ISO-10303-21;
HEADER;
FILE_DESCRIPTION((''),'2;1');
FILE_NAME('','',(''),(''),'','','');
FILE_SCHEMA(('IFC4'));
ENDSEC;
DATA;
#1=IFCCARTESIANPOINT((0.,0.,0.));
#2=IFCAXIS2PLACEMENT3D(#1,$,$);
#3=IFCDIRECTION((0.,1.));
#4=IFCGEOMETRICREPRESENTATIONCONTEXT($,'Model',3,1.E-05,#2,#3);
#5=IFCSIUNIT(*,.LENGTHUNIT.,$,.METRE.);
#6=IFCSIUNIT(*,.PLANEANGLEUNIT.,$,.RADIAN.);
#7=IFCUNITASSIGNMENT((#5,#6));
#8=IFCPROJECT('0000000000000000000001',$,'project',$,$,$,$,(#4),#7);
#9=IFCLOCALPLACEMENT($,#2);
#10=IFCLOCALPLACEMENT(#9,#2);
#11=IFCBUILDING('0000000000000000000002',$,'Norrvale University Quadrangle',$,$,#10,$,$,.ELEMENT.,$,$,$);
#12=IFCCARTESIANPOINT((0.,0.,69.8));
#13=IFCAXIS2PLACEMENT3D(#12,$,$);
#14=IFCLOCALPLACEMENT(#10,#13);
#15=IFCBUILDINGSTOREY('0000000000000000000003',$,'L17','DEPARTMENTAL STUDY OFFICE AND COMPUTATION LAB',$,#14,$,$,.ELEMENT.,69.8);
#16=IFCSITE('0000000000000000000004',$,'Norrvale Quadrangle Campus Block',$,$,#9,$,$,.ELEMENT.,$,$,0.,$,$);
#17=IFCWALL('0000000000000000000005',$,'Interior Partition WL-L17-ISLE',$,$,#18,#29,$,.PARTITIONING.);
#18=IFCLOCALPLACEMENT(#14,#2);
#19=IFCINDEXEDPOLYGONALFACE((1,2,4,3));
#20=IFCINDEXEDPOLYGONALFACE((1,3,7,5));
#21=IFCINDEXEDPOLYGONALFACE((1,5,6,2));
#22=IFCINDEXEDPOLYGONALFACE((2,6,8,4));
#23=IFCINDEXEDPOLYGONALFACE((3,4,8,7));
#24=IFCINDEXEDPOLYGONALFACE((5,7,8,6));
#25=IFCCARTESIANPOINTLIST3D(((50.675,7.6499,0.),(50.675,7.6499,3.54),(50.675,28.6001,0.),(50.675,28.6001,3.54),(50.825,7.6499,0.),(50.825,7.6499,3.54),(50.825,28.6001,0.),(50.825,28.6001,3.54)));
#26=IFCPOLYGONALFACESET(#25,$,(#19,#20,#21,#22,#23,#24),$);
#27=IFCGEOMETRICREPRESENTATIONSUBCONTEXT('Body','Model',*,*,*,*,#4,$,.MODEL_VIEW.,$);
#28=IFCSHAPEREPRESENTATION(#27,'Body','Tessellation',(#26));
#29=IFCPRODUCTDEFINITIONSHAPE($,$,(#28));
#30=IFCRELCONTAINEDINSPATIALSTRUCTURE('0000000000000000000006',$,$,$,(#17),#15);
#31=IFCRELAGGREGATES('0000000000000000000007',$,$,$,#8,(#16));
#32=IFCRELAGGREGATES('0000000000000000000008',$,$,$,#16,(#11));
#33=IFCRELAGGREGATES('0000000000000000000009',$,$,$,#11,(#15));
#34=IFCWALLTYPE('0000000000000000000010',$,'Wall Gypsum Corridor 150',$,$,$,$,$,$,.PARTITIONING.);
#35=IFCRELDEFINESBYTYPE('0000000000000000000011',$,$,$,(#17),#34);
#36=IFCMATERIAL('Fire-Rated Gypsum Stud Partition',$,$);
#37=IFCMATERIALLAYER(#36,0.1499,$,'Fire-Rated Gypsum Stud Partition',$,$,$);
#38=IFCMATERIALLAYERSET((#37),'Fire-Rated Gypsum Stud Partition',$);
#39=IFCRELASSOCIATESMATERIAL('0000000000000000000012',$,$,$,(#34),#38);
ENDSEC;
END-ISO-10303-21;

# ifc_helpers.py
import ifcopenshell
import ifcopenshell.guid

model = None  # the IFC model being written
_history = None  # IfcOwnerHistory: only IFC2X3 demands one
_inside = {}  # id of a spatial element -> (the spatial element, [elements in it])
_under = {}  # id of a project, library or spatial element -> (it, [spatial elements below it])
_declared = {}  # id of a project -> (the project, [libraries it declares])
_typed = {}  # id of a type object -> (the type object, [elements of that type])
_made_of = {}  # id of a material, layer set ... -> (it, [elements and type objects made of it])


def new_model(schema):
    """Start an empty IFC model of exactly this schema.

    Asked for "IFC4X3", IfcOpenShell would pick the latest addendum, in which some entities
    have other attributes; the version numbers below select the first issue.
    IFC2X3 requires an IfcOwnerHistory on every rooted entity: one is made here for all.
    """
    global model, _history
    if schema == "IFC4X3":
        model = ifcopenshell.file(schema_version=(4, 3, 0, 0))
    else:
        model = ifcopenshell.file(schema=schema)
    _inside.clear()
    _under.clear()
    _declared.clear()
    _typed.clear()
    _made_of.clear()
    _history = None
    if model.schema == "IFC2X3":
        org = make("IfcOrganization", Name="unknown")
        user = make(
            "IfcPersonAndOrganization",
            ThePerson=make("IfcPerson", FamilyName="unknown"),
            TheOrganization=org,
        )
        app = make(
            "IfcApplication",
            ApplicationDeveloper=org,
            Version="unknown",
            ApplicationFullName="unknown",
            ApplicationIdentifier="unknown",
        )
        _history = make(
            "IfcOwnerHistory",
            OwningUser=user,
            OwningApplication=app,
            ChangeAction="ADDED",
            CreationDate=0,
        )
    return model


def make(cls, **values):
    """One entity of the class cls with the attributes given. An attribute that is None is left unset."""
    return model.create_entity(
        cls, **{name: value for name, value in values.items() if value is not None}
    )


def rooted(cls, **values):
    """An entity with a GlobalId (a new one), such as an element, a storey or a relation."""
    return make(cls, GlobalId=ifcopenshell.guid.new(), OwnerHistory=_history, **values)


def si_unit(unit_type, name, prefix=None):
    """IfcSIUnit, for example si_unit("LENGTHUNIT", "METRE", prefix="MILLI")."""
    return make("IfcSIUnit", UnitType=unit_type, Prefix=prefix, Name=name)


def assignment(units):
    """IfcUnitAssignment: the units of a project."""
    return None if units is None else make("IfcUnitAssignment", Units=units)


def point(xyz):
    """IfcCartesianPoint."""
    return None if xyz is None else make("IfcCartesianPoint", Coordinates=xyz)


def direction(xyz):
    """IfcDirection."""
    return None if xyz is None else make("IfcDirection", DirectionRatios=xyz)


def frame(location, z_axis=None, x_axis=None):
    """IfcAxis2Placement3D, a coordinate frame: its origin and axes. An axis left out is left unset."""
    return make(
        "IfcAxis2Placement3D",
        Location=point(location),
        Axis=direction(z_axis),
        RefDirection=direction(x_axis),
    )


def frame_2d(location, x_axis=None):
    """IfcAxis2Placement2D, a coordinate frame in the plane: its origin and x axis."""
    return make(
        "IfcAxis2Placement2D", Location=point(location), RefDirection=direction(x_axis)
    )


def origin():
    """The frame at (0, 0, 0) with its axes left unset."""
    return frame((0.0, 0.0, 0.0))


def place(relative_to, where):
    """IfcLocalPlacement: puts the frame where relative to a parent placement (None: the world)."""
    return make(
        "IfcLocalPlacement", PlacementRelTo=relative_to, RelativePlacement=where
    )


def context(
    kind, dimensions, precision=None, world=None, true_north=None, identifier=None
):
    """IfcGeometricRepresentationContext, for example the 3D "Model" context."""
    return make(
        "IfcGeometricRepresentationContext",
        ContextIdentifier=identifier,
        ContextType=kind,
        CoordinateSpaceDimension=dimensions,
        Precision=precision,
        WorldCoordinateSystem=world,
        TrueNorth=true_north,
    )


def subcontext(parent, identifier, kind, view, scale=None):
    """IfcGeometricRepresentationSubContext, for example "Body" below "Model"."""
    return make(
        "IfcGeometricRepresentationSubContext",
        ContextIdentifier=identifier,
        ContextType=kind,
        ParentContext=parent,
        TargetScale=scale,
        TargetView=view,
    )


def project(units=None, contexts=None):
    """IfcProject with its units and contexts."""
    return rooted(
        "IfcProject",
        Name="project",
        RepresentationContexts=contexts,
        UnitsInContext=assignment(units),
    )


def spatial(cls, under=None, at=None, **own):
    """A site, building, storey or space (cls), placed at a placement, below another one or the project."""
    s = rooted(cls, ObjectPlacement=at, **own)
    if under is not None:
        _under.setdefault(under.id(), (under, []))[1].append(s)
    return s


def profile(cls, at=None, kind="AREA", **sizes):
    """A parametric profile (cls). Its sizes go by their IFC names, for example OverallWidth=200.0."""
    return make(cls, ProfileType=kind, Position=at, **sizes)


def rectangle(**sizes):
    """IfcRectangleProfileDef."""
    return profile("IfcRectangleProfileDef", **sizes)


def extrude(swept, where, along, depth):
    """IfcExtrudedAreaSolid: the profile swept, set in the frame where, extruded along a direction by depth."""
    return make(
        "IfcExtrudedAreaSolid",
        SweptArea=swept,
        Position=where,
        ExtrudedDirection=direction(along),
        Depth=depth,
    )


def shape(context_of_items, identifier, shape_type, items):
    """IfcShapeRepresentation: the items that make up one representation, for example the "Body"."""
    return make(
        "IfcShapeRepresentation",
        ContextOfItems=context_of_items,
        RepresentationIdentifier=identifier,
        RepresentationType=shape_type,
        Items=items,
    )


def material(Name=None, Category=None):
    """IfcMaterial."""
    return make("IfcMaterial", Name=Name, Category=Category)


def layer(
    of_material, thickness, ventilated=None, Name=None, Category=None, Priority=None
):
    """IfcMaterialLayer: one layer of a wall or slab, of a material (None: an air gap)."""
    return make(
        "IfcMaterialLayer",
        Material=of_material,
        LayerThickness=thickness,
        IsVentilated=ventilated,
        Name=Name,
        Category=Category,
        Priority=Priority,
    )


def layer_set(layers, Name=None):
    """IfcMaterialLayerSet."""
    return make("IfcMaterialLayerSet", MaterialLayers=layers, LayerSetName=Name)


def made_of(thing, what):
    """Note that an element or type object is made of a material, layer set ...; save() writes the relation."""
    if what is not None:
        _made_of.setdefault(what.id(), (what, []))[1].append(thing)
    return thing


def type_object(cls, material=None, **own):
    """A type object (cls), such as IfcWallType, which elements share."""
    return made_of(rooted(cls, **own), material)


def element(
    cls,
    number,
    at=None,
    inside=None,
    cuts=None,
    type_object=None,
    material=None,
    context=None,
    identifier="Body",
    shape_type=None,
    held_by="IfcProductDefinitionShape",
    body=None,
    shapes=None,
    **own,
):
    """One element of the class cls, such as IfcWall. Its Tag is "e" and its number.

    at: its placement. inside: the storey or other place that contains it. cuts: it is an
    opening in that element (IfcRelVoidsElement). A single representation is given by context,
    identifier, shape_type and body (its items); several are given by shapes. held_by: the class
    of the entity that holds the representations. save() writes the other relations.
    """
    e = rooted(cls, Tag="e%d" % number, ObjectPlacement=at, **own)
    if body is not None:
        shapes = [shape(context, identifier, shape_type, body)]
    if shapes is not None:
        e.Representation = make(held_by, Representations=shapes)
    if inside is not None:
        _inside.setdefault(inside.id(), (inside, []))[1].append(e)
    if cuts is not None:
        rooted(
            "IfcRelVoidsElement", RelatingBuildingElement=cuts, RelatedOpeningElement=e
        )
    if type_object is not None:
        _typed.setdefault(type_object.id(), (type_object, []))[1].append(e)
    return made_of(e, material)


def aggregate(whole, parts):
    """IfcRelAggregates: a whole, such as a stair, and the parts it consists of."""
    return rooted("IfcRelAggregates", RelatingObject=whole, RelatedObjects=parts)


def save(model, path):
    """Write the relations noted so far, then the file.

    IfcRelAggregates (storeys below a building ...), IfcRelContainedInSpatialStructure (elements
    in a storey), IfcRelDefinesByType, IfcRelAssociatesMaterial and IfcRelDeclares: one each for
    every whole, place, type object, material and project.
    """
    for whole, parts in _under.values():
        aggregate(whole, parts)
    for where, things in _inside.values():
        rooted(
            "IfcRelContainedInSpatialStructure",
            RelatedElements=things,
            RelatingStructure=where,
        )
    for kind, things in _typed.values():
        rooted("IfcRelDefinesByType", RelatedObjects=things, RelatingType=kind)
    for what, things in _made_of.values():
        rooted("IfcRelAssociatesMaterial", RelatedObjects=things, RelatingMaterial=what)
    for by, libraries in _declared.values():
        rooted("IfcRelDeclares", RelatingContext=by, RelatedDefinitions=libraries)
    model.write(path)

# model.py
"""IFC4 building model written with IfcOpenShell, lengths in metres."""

from ifc_helpers import new_model, si_unit, direction, frame, frame_2d, origin, place, context, subcontext, project, spatial, rectangle, extrude, material, layer, layer_set, type_object, element, save


model = new_model("IFC4")

# Units and contexts
model_context = context("Model", 3, precision=1e-05, world=origin(), true_north=direction((0.0, 1.0)))
body_context = subcontext(model_context, "Body", "Model", "MODEL_VIEW")
ifc_project = project(units=[si_unit("LENGTHUNIT", "METRE"), si_unit("PLANEANGLEUNIT", "RADIAN")], contexts=[model_context])

# Site, building, storey
site_placement = place(None, origin())
site = spatial("IfcSite", under=ifc_project, at=site_placement, Name="Norrvale Quadrangle Campus Block", CompositionType="ELEMENT", RefElevation=0.0)
building_placement = place(site_placement, origin())
building = spatial("IfcBuilding", under=site, at=building_placement, Name="Norrvale University Quadrangle", CompositionType="ELEMENT")
storey_placement = place(building_placement, frame((0.0, 0.0, 69.8)))
storey = spatial("IfcBuildingStorey", under=building, at=storey_placement, Name="L17", Description="DEPARTMENTAL STUDY OFFICE AND COMPUTATION LAB", CompositionType="ELEMENT", Elevation=69.8)

# Shared definitions
ifc_material_1 = material(Name="Fire-Rated Gypsum Stud Partition")
ifc_layer_1 = layer(ifc_material_1, 0.1499, Name="Fire-Rated Gypsum Stud Partition")
ifc_layer_set_1 = layer_set([ifc_layer_1], Name="Fire-Rated Gypsum Stud Partition")
wall_type_1 = type_object("IfcWallType", Name="Wall Gypsum Corridor 150", PredefinedType="PARTITIONING", material=ifc_layer_set_1)

# Wall
wall_1_placement = place(storey_placement, frame((50.75, 7.6499, 0.0), z_axis=(0.0, 0.0, 1.0), x_axis=(0.0, 1.0, 0.0)))
element("IfcWall", 1, at=wall_1_placement, inside=storey, type_object=wall_type_1, Name="Interior Partition WL-L17-ISLE", PredefinedType="PARTITIONING", context=body_context, shape_type="SweptSolid", body=[
    extrude(rectangle(XDim=20.9502, YDim=0.1499, at=frame_2d((10.4751, 0.0))), origin(), (0.0, 0.0, 1.0), 3.54),
])

save(model, "model.ifc")
